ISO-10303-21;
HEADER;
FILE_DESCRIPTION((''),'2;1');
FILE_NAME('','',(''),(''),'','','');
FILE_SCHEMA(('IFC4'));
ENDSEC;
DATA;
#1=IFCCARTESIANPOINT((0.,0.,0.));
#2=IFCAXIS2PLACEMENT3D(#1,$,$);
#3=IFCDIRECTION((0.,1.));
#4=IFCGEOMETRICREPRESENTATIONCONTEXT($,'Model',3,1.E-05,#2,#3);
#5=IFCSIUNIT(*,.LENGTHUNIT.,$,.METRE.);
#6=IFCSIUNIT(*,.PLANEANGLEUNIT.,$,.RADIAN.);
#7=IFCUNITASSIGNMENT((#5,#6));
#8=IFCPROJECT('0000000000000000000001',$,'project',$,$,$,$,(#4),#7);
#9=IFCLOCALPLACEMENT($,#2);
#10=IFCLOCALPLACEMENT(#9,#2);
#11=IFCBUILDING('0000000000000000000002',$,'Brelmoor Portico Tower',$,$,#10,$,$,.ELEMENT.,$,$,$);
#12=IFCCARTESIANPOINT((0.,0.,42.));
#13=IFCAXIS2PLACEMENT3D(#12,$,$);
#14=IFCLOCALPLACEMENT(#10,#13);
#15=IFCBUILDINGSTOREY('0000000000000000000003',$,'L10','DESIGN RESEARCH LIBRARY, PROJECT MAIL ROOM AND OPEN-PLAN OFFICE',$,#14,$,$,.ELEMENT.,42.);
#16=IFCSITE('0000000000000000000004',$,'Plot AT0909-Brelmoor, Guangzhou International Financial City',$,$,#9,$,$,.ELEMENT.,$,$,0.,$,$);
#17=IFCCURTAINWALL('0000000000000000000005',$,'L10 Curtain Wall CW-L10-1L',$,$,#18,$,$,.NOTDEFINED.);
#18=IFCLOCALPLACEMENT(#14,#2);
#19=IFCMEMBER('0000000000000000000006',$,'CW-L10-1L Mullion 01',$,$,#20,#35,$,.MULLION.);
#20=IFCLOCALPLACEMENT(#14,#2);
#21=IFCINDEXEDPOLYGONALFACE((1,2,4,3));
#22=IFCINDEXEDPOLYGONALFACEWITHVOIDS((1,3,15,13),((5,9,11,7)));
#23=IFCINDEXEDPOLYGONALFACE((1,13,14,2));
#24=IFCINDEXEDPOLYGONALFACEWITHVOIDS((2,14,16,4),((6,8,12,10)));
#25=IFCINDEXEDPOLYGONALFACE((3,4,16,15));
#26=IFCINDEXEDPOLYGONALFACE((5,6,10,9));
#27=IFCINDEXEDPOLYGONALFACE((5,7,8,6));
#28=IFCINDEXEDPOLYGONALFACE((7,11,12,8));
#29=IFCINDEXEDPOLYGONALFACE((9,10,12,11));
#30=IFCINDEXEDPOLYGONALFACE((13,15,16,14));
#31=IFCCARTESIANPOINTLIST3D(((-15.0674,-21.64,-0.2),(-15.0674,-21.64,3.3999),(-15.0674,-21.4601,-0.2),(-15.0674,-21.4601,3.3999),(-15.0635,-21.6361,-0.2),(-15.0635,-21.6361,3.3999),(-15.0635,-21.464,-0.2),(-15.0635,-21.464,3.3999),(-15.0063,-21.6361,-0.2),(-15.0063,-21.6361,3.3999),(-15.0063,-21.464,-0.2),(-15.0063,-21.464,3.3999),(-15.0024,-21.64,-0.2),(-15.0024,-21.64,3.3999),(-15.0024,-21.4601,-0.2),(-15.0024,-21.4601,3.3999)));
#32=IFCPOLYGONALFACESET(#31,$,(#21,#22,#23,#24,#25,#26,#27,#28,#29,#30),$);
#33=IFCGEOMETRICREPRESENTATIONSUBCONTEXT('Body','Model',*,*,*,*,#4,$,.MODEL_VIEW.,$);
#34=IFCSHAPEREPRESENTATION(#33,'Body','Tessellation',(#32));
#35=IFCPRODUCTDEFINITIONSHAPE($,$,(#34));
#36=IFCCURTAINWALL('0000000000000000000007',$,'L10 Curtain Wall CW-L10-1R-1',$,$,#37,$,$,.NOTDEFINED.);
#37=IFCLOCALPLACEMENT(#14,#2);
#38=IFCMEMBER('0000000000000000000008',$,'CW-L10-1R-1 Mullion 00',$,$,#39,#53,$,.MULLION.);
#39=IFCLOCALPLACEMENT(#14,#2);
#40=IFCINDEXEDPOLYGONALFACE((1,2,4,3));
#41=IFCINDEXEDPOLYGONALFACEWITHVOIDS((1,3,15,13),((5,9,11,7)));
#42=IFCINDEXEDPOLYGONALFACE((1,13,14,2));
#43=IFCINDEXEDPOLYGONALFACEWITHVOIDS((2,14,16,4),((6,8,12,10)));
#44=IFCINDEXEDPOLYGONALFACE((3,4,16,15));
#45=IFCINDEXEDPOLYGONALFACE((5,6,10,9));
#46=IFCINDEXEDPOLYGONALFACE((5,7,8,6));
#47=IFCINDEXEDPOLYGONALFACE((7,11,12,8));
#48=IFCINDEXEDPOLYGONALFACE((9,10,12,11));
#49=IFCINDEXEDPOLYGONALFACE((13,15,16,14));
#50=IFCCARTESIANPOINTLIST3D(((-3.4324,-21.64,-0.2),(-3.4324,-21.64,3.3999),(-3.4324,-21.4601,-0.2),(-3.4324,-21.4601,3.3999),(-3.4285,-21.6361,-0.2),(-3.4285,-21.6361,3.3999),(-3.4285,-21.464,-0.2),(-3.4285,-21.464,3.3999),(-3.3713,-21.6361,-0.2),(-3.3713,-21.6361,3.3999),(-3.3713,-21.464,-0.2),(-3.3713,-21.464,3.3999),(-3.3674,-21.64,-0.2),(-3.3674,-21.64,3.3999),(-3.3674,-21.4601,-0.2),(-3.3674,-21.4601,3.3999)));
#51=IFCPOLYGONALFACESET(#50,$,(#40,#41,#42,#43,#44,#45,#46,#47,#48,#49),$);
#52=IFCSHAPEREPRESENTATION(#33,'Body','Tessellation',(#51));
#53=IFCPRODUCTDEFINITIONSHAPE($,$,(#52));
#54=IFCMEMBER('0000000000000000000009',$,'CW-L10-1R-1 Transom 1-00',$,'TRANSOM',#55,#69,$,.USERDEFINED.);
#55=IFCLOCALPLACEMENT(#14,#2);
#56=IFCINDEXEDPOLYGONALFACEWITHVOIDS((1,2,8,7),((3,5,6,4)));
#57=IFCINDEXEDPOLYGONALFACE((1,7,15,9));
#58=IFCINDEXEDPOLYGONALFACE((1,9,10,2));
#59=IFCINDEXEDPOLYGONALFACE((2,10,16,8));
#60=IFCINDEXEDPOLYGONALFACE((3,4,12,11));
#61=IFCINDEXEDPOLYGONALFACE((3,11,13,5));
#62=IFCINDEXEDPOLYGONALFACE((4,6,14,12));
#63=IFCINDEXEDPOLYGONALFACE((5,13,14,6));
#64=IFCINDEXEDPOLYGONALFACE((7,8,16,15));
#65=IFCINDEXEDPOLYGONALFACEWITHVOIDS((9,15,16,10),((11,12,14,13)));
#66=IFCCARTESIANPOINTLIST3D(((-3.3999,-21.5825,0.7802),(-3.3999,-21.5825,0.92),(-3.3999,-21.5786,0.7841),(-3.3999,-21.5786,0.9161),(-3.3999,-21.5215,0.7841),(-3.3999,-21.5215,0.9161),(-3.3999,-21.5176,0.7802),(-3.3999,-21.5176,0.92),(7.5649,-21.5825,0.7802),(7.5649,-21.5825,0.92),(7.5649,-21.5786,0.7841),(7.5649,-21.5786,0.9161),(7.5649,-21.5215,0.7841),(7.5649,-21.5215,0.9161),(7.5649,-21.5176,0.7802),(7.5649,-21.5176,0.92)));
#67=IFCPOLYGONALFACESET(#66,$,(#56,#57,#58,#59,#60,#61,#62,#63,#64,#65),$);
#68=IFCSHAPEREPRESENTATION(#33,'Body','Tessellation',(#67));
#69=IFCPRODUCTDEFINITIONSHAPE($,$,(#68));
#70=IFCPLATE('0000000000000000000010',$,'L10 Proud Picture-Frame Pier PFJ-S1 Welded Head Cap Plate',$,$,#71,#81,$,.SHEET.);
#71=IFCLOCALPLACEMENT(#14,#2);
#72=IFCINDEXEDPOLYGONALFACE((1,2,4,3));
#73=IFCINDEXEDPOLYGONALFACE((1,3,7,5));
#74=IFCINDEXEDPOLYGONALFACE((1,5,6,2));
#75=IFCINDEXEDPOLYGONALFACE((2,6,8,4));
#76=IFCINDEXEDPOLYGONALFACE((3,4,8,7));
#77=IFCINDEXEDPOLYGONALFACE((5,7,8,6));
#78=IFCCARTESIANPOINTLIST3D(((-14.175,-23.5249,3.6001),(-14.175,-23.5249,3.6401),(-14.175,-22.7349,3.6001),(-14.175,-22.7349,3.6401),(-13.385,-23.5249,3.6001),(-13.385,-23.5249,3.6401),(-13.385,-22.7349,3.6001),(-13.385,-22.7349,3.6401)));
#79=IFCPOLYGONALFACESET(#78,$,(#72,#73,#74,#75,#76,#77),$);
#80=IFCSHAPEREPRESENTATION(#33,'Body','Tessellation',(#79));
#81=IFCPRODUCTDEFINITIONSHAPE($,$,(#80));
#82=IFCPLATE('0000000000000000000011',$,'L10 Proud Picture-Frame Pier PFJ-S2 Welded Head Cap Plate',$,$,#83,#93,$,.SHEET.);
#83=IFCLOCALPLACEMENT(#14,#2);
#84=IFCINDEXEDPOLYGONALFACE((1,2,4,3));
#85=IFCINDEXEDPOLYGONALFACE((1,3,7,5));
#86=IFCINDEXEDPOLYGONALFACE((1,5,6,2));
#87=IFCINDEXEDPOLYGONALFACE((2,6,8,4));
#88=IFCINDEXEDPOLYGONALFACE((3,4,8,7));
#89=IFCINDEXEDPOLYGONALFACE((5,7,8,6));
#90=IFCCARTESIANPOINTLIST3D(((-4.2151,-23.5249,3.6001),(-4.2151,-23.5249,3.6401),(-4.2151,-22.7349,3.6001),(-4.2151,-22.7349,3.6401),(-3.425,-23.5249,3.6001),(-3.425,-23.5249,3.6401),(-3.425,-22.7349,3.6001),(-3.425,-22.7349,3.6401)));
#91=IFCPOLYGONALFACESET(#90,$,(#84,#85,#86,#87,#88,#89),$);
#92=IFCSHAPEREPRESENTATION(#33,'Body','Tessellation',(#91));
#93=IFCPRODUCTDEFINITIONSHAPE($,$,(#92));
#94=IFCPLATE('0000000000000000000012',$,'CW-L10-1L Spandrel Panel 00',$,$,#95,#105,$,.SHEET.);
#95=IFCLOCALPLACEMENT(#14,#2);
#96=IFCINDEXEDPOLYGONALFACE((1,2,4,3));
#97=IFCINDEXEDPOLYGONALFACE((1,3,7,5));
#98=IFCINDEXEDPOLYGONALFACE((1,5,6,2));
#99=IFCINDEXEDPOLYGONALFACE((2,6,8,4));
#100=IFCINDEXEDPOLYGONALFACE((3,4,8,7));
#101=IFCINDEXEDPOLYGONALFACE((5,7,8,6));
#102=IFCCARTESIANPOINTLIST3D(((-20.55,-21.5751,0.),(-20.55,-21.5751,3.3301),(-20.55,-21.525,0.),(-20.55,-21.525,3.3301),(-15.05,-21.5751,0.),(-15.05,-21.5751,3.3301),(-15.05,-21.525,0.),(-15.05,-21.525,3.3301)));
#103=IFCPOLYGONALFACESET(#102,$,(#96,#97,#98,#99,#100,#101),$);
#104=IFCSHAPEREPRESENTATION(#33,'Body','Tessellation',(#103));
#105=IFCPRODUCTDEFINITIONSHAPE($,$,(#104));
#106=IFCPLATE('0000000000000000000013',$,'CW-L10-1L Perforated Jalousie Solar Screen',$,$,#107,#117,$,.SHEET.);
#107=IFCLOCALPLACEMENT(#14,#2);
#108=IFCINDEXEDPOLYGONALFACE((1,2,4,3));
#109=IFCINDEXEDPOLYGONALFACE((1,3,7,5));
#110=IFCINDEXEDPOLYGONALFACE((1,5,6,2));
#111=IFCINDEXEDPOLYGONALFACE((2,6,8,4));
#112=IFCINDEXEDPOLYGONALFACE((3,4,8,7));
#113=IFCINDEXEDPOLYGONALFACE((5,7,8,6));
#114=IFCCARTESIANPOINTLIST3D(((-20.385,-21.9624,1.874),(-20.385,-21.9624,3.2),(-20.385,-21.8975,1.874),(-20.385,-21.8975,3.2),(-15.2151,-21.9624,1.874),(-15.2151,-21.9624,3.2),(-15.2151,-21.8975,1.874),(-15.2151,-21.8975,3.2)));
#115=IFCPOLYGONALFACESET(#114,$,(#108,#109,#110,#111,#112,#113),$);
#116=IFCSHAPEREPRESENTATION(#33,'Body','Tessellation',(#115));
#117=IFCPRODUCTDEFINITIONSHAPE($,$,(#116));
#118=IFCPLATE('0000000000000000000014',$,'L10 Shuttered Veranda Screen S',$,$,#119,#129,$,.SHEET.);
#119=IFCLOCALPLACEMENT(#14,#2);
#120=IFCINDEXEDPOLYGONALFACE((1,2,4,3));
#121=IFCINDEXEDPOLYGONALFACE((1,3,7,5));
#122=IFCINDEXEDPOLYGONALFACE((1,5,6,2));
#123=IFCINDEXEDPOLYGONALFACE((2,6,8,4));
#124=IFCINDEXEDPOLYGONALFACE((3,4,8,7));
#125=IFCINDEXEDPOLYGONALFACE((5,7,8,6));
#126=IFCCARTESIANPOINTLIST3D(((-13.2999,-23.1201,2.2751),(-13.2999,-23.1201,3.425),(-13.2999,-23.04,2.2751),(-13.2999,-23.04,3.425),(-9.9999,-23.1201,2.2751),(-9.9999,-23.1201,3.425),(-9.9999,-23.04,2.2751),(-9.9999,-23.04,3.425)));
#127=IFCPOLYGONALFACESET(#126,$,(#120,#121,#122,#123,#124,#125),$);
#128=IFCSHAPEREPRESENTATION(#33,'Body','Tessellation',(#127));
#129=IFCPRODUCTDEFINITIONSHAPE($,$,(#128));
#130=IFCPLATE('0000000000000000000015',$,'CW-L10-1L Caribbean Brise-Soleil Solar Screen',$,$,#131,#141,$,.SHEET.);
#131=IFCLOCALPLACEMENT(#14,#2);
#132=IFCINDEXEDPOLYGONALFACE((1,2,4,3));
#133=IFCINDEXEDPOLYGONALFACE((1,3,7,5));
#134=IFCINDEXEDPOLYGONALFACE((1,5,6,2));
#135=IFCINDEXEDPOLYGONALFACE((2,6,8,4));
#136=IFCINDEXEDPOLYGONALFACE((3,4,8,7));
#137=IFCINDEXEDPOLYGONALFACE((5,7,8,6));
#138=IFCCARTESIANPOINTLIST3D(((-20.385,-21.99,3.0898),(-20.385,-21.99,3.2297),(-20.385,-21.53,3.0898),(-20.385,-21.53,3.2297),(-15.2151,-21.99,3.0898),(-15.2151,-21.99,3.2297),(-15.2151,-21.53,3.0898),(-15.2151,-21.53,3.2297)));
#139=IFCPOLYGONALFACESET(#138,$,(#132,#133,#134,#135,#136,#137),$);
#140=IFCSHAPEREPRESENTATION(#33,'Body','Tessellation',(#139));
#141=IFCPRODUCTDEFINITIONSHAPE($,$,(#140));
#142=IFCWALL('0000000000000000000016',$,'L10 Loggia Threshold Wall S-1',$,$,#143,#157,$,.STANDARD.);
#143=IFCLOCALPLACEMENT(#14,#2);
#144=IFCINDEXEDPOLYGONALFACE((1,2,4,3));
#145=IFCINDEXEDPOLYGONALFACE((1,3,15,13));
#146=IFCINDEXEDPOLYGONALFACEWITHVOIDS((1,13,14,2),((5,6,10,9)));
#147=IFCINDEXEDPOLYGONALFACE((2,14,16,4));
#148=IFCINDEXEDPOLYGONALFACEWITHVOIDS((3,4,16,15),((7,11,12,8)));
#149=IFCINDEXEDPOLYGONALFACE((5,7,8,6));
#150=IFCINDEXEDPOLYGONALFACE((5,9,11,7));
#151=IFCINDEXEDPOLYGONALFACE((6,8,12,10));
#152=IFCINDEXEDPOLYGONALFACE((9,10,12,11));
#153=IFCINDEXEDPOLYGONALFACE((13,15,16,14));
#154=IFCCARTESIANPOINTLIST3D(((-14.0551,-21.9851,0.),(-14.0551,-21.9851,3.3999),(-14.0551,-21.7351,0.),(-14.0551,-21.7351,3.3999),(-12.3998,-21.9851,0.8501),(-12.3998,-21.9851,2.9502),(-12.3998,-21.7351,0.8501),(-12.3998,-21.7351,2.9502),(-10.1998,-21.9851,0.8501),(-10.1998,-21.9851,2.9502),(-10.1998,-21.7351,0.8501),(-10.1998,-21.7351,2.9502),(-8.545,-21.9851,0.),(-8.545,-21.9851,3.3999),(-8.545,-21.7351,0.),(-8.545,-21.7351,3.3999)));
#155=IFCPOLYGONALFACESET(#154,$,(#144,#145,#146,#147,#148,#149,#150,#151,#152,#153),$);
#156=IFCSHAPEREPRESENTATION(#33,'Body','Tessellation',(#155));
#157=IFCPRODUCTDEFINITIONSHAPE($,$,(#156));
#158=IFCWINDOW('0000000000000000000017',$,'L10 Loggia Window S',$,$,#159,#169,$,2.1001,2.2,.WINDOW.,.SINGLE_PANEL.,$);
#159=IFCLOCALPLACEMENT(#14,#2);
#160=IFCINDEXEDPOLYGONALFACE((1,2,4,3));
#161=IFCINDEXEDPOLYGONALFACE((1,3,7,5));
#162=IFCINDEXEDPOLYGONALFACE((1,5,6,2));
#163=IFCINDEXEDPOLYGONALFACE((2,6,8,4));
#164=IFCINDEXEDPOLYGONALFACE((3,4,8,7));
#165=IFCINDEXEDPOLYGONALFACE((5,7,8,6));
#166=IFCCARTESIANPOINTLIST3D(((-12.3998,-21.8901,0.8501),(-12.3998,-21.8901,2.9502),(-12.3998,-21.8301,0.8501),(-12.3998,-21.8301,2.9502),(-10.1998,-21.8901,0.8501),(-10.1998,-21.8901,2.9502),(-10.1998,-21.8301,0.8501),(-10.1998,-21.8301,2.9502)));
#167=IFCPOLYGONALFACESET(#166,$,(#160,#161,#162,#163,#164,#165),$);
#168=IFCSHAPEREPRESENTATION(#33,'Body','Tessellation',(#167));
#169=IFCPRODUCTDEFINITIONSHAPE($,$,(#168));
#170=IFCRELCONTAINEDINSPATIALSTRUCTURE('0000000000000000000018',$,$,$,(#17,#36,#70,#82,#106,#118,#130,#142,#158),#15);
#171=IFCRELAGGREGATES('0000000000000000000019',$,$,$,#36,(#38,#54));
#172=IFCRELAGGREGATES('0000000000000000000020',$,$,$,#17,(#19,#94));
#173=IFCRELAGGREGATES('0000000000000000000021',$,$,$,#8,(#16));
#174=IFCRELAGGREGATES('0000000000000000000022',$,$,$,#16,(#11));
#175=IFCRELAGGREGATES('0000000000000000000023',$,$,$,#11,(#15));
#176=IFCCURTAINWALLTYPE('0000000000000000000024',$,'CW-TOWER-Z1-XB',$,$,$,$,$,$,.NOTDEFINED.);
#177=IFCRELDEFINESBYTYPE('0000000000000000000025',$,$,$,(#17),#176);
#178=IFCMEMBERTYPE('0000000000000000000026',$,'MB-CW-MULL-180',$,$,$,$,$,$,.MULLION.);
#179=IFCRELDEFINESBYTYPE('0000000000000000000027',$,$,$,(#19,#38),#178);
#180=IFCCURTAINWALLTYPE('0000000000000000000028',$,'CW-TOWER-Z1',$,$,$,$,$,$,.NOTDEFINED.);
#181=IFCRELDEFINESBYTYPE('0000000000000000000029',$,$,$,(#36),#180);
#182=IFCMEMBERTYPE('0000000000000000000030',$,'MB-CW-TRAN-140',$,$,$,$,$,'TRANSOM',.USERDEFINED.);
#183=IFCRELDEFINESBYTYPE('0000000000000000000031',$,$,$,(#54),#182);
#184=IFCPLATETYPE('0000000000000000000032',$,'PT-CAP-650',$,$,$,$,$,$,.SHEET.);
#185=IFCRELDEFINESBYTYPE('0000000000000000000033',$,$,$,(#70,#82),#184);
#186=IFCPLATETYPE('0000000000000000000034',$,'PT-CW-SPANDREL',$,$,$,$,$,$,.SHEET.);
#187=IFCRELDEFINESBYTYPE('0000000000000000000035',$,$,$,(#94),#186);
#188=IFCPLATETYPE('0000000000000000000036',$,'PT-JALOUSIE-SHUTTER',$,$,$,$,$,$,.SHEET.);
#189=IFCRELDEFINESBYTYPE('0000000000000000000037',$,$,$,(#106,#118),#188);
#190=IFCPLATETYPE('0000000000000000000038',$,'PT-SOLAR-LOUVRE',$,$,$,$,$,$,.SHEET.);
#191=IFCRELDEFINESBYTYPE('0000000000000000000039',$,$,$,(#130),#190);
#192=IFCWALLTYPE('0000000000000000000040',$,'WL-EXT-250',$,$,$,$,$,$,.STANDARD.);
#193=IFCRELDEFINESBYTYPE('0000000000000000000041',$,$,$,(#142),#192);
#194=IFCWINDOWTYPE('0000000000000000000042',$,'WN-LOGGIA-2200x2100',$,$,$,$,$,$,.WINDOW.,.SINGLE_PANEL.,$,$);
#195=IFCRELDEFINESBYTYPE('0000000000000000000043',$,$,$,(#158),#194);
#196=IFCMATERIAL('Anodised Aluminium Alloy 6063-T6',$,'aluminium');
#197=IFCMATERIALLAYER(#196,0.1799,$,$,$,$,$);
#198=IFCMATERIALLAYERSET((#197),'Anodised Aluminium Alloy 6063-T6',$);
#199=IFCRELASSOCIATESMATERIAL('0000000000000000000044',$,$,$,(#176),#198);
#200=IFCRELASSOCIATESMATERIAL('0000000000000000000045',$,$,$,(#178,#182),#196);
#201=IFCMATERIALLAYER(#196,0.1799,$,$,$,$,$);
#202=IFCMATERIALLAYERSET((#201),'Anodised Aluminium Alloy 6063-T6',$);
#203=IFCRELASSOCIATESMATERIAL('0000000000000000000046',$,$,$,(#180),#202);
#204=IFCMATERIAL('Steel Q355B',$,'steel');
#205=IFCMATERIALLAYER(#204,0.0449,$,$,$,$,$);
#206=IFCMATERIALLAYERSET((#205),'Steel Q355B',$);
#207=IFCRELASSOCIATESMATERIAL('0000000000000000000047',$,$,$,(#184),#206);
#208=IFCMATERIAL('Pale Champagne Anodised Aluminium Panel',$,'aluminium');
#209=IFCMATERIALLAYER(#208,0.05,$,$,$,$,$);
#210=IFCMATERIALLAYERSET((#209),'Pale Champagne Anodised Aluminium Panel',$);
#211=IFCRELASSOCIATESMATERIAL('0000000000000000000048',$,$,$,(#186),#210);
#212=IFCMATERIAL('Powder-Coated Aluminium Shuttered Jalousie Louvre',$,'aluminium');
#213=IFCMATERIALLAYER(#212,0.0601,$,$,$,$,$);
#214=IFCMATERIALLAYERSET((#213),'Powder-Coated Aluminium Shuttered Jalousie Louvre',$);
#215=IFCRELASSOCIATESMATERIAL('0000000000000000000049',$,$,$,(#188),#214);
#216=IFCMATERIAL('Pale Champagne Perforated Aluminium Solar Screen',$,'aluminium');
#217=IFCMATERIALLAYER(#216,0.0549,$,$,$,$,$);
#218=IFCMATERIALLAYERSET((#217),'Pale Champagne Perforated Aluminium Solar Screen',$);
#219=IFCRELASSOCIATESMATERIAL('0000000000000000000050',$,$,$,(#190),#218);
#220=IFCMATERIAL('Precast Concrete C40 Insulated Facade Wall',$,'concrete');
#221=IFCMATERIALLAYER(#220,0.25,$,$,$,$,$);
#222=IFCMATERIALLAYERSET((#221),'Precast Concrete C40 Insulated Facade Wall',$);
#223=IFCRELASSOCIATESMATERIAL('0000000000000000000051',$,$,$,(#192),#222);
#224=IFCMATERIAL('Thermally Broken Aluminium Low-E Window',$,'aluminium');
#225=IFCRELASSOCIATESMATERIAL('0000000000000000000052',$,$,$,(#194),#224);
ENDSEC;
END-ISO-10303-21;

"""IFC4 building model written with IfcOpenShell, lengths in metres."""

from ifc_helpers import new_model, si_unit, direction, frame, frame_2d, origin, origin_2d, place, context, subcontext, project, spatial, rectangle, hollow_rectangle, extrude, material, layer, layer_set, material_profile, profile_set, type_object, element, fill, aggregate, save


model = new_model("IFC4")

# Units and contexts
model_context = context("Model", 3, precision=1e-05, world=origin(), true_north=direction((0.0, 1.0)))
body_context = subcontext(model_context, "Body", "Model", "MODEL_VIEW")
ifc_project = project(units=[si_unit("LENGTHUNIT", "METRE"), si_unit("PLANEANGLEUNIT", "RADIAN")], contexts=[model_context])

# Site, building, storey
site_placement = place(None, origin())
site = spatial("IfcSite", under=ifc_project, at=site_placement, Name="Plot AT0909-Brelmoor, Guangzhou International Financial City", CompositionType="ELEMENT", RefElevation=0.0)
building_placement = place(site_placement, origin())
building = spatial("IfcBuilding", under=site, at=building_placement, Name="Brelmoor Portico Tower", CompositionType="ELEMENT")
storey_placement = place(building_placement, frame((0.0, 0.0, 42.0)))
storey = spatial("IfcBuildingStorey", under=building, at=storey_placement, Name="L10", Description="DESIGN RESEARCH LIBRARY, PROJECT MAIL ROOM AND OPEN-PLAN OFFICE", CompositionType="ELEMENT", Elevation=42.0)

# Shared definitions
ifc_material_1 = material(Name="Steel Q355B", Category="steel")

# Curtain wall, member
ifc_material_2 = material(Name="Anodised Aluminium Alloy 6063-T6", Category="aluminium")
ifc_layer_1 = layer(ifc_material_2, 0.1799)
ifc_layer_set_1 = layer_set([ifc_layer_1], Name="Anodised Aluminium Alloy 6063-T6")
curtain_wall_type_1 = type_object("IfcCurtainWallType", Name="CW-TOWER-Z1-XB", PredefinedType="NOTDEFINED", material=ifc_layer_set_1)
curtain_wall_1_placement = place(storey_placement, origin())
curtain_wall_1 = element("IfcCurtainWall", 1, at=curtain_wall_1_placement, inside=storey, type_object=curtain_wall_type_1, Name="L10 Curtain Wall CW-L10-1L", PredefinedType="NOTDEFINED")
ifc_material_profile_1 = material_profile(ifc_material_2, hollow_rectangle(XDim=0.0649, YDim=0.1799, WallThickness=0.0039, at=origin_2d()), Name="ALU MULLION 65x180")
ifc_profile_set_1 = profile_set([ifc_material_profile_1], Name="Anodised Aluminium Alloy 6063-T6")
member_type_1 = type_object("IfcMemberType", Name="MB-CW-MULL-180", PredefinedType="MULLION", material=ifc_profile_set_1)
member_1_placement = place(storey_placement, frame((-15.0349, -21.55, -0.2), z_axis=(0.0, 0.0, 1.0), x_axis=(1.0, 0.0, 0.0)))
member_1 = element("IfcMember", 2, at=member_1_placement, type_object=member_type_1, Name="CW-L10-1L Mullion 01", PredefinedType="MULLION", context=body_context, shape_type="SweptSolid", body=[
    extrude(hollow_rectangle(XDim=0.0649, YDim=0.1799, WallThickness=0.0039, at=origin_2d()), origin(), (0.0, 0.0, 1.0), 3.5999),
])

# Curtain wall, members
ifc_layer_2 = layer(ifc_material_2, 0.1799)
ifc_layer_set_2 = layer_set([ifc_layer_2], Name="Anodised Aluminium Alloy 6063-T6")
curtain_wall_type_2 = type_object("IfcCurtainWallType", Name="CW-TOWER-Z1", PredefinedType="NOTDEFINED", material=ifc_layer_set_2)
curtain_wall_2_placement = place(storey_placement, origin())
curtain_wall_2 = element("IfcCurtainWall", 3, at=curtain_wall_2_placement, inside=storey, type_object=curtain_wall_type_2, Name="L10 Curtain Wall CW-L10-1R-1", PredefinedType="NOTDEFINED")
member_2_placement = place(storey_placement, frame((-3.3999, -21.55, -0.2), z_axis=(0.0, 0.0, 1.0), x_axis=(1.0, 0.0, 0.0)))
member_2 = element("IfcMember", 4, at=member_2_placement, type_object=member_type_1, Name="CW-L10-1R-1 Mullion 00", PredefinedType="MULLION", context=body_context, shape_type="SweptSolid", body=[
    extrude(hollow_rectangle(XDim=0.0649, YDim=0.1799, WallThickness=0.0039, at=origin_2d()), origin(), (0.0, 0.0, 1.0), 3.5999),
])
ifc_material_profile_2 = material_profile(ifc_material_2, hollow_rectangle(XDim=0.0649, YDim=0.1399, WallThickness=0.0039, at=origin_2d()), Name="ALU TRANSOM 65x140")
ifc_profile_set_2 = profile_set([ifc_material_profile_2], Name="Anodised Aluminium Alloy 6063-T6")
member_type_2 = type_object("IfcMemberType", Name="MB-CW-TRAN-140", ElementType="TRANSOM", PredefinedType="USERDEFINED", material=ifc_profile_set_2)
member_3_placement = place(storey_placement, frame((-3.3999, -21.55, 0.8501), z_axis=(1.0, 0.0, 0.0), x_axis=(0.0, 1.0, 0.0)))
member_3 = element("IfcMember", 5, at=member_3_placement, type_object=member_type_2, Name="CW-L10-1R-1 Transom 1-00", ObjectType="TRANSOM", PredefinedType="USERDEFINED", context=body_context, shape_type="SweptSolid", body=[
    extrude(hollow_rectangle(XDim=0.0649, YDim=0.1399, WallThickness=0.0039, at=origin_2d()), origin(), (0.0, 0.0, 1.0), 10.9648),
])
aggregate(curtain_wall_2, [member_2, member_3])

# Plates
ifc_layer_3 = layer(ifc_material_1, 0.0449)
ifc_layer_set_3 = layer_set([ifc_layer_3], Name="Steel Q355B")
plate_type_1 = type_object("IfcPlateType", Name="PT-CAP-650", PredefinedType="SHEET", material=ifc_layer_set_3)
for number, where, z_axis, x_axis, name in (
    (6, (-13.78, -23.1299, 3.6001), (0.0, 0.0, 1.0), (1.0, 0.0, 0.0), "L10 Proud Picture-Frame Pier PFJ-S1 Welded Head Cap Plate"),
    (7, (-3.8201, -23.1299, 3.6001), (0.0, 0.0, 1.0), (1.0, 0.0, 0.0), "L10 Proud Picture-Frame Pier PFJ-S2 Welded Head Cap Plate"),
):
    element("IfcPlate", number, at=place(storey_placement, frame(where, z_axis=z_axis, x_axis=x_axis)), inside=storey, type_object=plate_type_1, Name=name, PredefinedType="SHEET", context=body_context, shape_type="SweptSolid", body=[
        extrude(rectangle(XDim=0.79, YDim=0.79, at=origin_2d()), origin(), (0.0, 0.0, 1.0), 0.04),
    ])

# Plate
ifc_material_3 = material(Name="Pale Champagne Anodised Aluminium Panel", Category="aluminium")
ifc_layer_4 = layer(ifc_material_3, 0.05)
ifc_layer_set_4 = layer_set([ifc_layer_4], Name="Pale Champagne Anodised Aluminium Panel")
plate_type_2 = type_object("IfcPlateType", Name="PT-CW-SPANDREL", PredefinedType="SHEET", material=ifc_layer_set_4)
plate_1_placement = place(storey_placement, frame((-17.8, -21.55, 0.0), z_axis=(0.0, 0.0, 1.0), x_axis=(1.0, 0.0, 0.0)))
plate_1 = element("IfcPlate", 8, at=plate_1_placement, type_object=plate_type_2, Name="CW-L10-1L Spandrel Panel 00", PredefinedType="SHEET", context=body_context, shape_type="SweptSolid", body=[
    extrude(rectangle(XDim=5.5, YDim=0.05, at=origin_2d()), origin(), (0.0, 0.0, 1.0), 3.3301),
])
aggregate(curtain_wall_1, [member_1, plate_1])

# Plates
ifc_material_4 = material(Name="Powder-Coated Aluminium Shuttered Jalousie Louvre", Category="aluminium")
ifc_layer_5 = layer(ifc_material_4, 0.0601)
ifc_layer_set_5 = layer_set([ifc_layer_5], Name="Powder-Coated Aluminium Shuttered Jalousie Louvre")
plate_type_3 = type_object("IfcPlateType", Name="PT-JALOUSIE-SHUTTER", PredefinedType="SHEET", material=ifc_layer_set_5)
plate_2_placement = place(storey_placement, frame((-17.8, -21.9299, 1.874), z_axis=(0.0, 0.0, 1.0), x_axis=(1.0, 0.0, 0.0)))
element("IfcPlate", 9, at=plate_2_placement, inside=storey, type_object=plate_type_3, Name="CW-L10-1L Perforated Jalousie Solar Screen", PredefinedType="SHEET", context=body_context, shape_type="SweptSolid", body=[
    extrude(rectangle(XDim=5.1699, YDim=0.0649, at=origin_2d()), origin(), (0.0, 0.0, 1.0), 1.3259),
])
plate_3_placement = place(storey_placement, frame((-11.6499, -23.0801, 2.2751), z_axis=(0.0, 0.0, 1.0), x_axis=(1.0, 0.0, 0.0)))
element("IfcPlate", 10, at=plate_3_placement, inside=storey, type_object=plate_type_3, Name="L10 Shuttered Veranda Screen S", PredefinedType="SHEET", context=body_context, shape_type="SweptSolid", body=[
    extrude(rectangle(XDim=3.3, YDim=0.0801, at=origin_2d()), origin(), (0.0, 0.0, 1.0), 1.1499),
])
ifc_material_5 = material(Name="Pale Champagne Perforated Aluminium Solar Screen", Category="aluminium")
ifc_layer_6 = layer(ifc_material_5, 0.0549)
ifc_layer_set_6 = layer_set([ifc_layer_6], Name="Pale Champagne Perforated Aluminium Solar Screen")
plate_type_4 = type_object("IfcPlateType", Name="PT-SOLAR-LOUVRE", PredefinedType="SHEET", material=ifc_layer_set_6)
plate_4_placement = place(storey_placement, frame((-17.8, -21.76, 3.0898), z_axis=(0.0, 0.0, 1.0), x_axis=(1.0, 0.0, 0.0)))
element("IfcPlate", 11, at=plate_4_placement, inside=storey, type_object=plate_type_4, Name="CW-L10-1L Caribbean Brise-Soleil Solar Screen", PredefinedType="SHEET", context=body_context, shape_type="SweptSolid", body=[
    extrude(rectangle(XDim=5.1699, YDim=0.46, at=origin_2d()), origin(), (0.0, 0.0, 1.0), 0.1399),
])

# Wall, opening, window
ifc_material_6 = material(Name="Precast Concrete C40 Insulated Facade Wall", Category="concrete")
ifc_layer_7 = layer(ifc_material_6, 0.25)
ifc_layer_set_7 = layer_set([ifc_layer_7], Name="Precast Concrete C40 Insulated Facade Wall")
wall_type_1 = type_object("IfcWallType", Name="WL-EXT-250", PredefinedType="STANDARD", material=ifc_layer_set_7)
wall_1_placement = place(storey_placement, frame((-14.0549, -21.8601, 0.0), z_axis=(0.0, 0.0, 1.0), x_axis=(1.0, 0.0, 0.0)))
wall_1 = element("IfcWall", 12, at=wall_1_placement, inside=storey, type_object=wall_type_1, Name="L10 Loggia Threshold Wall S-1", PredefinedType="STANDARD", context=body_context, shape_type="SweptSolid", body=[
    extrude(rectangle(XDim=5.51, YDim=0.25, at=frame_2d((2.7549, 0.0))), origin(), (0.0, 0.0, 1.0), 3.3999),
])
opening_1_placement = place(wall_1_placement, frame((1.655, 0.0, 0.8501)))
opening_1 = element("IfcOpeningElement", 13, at=opening_1_placement, cuts=wall_1, PredefinedType="OPENING", context=body_context, shape_type="SweptSolid", body=[
    extrude(rectangle(XDim=2.2, YDim=2.1001, at=frame_2d((1.1001, 1.05))), frame((0.0, 0.135, 0.0), z_axis=(0.0, -1.0, 0.0), x_axis=(1.0, 0.0, 0.0)), (0.0, 0.0, 1.0), 0.27),
])
ifc_material_7 = material(Name="Thermally Broken Aluminium Low-E Window", Category="aluminium")
window_type = type_object("IfcWindowType", Name="WN-LOGGIA-2200x2100", PartitioningType="SINGLE_PANEL", PredefinedType="WINDOW", material=ifc_material_7)
window_placement = place(opening_1_placement, origin())
window = element("IfcWindow", 14, at=window_placement, inside=storey, type_object=window_type, Name="L10 Loggia Window S", OverallHeight=2.1001, OverallWidth=2.2, PartitioningType="SINGLE_PANEL", PredefinedType="WINDOW", context=body_context, shape_type="SweptSolid", body=[
    extrude(rectangle(XDim=2.2, YDim=2.1001, at=frame_2d((1.1001, 1.05))), frame((0.0, 0.03, 0.0), z_axis=(0.0, -1.0, 0.0), x_axis=(1.0, 0.0, 0.0)), (0.0, 0.0, 1.0), 0.0601),
])
fill(opening_1, window)

save(model, "model.ifc")
